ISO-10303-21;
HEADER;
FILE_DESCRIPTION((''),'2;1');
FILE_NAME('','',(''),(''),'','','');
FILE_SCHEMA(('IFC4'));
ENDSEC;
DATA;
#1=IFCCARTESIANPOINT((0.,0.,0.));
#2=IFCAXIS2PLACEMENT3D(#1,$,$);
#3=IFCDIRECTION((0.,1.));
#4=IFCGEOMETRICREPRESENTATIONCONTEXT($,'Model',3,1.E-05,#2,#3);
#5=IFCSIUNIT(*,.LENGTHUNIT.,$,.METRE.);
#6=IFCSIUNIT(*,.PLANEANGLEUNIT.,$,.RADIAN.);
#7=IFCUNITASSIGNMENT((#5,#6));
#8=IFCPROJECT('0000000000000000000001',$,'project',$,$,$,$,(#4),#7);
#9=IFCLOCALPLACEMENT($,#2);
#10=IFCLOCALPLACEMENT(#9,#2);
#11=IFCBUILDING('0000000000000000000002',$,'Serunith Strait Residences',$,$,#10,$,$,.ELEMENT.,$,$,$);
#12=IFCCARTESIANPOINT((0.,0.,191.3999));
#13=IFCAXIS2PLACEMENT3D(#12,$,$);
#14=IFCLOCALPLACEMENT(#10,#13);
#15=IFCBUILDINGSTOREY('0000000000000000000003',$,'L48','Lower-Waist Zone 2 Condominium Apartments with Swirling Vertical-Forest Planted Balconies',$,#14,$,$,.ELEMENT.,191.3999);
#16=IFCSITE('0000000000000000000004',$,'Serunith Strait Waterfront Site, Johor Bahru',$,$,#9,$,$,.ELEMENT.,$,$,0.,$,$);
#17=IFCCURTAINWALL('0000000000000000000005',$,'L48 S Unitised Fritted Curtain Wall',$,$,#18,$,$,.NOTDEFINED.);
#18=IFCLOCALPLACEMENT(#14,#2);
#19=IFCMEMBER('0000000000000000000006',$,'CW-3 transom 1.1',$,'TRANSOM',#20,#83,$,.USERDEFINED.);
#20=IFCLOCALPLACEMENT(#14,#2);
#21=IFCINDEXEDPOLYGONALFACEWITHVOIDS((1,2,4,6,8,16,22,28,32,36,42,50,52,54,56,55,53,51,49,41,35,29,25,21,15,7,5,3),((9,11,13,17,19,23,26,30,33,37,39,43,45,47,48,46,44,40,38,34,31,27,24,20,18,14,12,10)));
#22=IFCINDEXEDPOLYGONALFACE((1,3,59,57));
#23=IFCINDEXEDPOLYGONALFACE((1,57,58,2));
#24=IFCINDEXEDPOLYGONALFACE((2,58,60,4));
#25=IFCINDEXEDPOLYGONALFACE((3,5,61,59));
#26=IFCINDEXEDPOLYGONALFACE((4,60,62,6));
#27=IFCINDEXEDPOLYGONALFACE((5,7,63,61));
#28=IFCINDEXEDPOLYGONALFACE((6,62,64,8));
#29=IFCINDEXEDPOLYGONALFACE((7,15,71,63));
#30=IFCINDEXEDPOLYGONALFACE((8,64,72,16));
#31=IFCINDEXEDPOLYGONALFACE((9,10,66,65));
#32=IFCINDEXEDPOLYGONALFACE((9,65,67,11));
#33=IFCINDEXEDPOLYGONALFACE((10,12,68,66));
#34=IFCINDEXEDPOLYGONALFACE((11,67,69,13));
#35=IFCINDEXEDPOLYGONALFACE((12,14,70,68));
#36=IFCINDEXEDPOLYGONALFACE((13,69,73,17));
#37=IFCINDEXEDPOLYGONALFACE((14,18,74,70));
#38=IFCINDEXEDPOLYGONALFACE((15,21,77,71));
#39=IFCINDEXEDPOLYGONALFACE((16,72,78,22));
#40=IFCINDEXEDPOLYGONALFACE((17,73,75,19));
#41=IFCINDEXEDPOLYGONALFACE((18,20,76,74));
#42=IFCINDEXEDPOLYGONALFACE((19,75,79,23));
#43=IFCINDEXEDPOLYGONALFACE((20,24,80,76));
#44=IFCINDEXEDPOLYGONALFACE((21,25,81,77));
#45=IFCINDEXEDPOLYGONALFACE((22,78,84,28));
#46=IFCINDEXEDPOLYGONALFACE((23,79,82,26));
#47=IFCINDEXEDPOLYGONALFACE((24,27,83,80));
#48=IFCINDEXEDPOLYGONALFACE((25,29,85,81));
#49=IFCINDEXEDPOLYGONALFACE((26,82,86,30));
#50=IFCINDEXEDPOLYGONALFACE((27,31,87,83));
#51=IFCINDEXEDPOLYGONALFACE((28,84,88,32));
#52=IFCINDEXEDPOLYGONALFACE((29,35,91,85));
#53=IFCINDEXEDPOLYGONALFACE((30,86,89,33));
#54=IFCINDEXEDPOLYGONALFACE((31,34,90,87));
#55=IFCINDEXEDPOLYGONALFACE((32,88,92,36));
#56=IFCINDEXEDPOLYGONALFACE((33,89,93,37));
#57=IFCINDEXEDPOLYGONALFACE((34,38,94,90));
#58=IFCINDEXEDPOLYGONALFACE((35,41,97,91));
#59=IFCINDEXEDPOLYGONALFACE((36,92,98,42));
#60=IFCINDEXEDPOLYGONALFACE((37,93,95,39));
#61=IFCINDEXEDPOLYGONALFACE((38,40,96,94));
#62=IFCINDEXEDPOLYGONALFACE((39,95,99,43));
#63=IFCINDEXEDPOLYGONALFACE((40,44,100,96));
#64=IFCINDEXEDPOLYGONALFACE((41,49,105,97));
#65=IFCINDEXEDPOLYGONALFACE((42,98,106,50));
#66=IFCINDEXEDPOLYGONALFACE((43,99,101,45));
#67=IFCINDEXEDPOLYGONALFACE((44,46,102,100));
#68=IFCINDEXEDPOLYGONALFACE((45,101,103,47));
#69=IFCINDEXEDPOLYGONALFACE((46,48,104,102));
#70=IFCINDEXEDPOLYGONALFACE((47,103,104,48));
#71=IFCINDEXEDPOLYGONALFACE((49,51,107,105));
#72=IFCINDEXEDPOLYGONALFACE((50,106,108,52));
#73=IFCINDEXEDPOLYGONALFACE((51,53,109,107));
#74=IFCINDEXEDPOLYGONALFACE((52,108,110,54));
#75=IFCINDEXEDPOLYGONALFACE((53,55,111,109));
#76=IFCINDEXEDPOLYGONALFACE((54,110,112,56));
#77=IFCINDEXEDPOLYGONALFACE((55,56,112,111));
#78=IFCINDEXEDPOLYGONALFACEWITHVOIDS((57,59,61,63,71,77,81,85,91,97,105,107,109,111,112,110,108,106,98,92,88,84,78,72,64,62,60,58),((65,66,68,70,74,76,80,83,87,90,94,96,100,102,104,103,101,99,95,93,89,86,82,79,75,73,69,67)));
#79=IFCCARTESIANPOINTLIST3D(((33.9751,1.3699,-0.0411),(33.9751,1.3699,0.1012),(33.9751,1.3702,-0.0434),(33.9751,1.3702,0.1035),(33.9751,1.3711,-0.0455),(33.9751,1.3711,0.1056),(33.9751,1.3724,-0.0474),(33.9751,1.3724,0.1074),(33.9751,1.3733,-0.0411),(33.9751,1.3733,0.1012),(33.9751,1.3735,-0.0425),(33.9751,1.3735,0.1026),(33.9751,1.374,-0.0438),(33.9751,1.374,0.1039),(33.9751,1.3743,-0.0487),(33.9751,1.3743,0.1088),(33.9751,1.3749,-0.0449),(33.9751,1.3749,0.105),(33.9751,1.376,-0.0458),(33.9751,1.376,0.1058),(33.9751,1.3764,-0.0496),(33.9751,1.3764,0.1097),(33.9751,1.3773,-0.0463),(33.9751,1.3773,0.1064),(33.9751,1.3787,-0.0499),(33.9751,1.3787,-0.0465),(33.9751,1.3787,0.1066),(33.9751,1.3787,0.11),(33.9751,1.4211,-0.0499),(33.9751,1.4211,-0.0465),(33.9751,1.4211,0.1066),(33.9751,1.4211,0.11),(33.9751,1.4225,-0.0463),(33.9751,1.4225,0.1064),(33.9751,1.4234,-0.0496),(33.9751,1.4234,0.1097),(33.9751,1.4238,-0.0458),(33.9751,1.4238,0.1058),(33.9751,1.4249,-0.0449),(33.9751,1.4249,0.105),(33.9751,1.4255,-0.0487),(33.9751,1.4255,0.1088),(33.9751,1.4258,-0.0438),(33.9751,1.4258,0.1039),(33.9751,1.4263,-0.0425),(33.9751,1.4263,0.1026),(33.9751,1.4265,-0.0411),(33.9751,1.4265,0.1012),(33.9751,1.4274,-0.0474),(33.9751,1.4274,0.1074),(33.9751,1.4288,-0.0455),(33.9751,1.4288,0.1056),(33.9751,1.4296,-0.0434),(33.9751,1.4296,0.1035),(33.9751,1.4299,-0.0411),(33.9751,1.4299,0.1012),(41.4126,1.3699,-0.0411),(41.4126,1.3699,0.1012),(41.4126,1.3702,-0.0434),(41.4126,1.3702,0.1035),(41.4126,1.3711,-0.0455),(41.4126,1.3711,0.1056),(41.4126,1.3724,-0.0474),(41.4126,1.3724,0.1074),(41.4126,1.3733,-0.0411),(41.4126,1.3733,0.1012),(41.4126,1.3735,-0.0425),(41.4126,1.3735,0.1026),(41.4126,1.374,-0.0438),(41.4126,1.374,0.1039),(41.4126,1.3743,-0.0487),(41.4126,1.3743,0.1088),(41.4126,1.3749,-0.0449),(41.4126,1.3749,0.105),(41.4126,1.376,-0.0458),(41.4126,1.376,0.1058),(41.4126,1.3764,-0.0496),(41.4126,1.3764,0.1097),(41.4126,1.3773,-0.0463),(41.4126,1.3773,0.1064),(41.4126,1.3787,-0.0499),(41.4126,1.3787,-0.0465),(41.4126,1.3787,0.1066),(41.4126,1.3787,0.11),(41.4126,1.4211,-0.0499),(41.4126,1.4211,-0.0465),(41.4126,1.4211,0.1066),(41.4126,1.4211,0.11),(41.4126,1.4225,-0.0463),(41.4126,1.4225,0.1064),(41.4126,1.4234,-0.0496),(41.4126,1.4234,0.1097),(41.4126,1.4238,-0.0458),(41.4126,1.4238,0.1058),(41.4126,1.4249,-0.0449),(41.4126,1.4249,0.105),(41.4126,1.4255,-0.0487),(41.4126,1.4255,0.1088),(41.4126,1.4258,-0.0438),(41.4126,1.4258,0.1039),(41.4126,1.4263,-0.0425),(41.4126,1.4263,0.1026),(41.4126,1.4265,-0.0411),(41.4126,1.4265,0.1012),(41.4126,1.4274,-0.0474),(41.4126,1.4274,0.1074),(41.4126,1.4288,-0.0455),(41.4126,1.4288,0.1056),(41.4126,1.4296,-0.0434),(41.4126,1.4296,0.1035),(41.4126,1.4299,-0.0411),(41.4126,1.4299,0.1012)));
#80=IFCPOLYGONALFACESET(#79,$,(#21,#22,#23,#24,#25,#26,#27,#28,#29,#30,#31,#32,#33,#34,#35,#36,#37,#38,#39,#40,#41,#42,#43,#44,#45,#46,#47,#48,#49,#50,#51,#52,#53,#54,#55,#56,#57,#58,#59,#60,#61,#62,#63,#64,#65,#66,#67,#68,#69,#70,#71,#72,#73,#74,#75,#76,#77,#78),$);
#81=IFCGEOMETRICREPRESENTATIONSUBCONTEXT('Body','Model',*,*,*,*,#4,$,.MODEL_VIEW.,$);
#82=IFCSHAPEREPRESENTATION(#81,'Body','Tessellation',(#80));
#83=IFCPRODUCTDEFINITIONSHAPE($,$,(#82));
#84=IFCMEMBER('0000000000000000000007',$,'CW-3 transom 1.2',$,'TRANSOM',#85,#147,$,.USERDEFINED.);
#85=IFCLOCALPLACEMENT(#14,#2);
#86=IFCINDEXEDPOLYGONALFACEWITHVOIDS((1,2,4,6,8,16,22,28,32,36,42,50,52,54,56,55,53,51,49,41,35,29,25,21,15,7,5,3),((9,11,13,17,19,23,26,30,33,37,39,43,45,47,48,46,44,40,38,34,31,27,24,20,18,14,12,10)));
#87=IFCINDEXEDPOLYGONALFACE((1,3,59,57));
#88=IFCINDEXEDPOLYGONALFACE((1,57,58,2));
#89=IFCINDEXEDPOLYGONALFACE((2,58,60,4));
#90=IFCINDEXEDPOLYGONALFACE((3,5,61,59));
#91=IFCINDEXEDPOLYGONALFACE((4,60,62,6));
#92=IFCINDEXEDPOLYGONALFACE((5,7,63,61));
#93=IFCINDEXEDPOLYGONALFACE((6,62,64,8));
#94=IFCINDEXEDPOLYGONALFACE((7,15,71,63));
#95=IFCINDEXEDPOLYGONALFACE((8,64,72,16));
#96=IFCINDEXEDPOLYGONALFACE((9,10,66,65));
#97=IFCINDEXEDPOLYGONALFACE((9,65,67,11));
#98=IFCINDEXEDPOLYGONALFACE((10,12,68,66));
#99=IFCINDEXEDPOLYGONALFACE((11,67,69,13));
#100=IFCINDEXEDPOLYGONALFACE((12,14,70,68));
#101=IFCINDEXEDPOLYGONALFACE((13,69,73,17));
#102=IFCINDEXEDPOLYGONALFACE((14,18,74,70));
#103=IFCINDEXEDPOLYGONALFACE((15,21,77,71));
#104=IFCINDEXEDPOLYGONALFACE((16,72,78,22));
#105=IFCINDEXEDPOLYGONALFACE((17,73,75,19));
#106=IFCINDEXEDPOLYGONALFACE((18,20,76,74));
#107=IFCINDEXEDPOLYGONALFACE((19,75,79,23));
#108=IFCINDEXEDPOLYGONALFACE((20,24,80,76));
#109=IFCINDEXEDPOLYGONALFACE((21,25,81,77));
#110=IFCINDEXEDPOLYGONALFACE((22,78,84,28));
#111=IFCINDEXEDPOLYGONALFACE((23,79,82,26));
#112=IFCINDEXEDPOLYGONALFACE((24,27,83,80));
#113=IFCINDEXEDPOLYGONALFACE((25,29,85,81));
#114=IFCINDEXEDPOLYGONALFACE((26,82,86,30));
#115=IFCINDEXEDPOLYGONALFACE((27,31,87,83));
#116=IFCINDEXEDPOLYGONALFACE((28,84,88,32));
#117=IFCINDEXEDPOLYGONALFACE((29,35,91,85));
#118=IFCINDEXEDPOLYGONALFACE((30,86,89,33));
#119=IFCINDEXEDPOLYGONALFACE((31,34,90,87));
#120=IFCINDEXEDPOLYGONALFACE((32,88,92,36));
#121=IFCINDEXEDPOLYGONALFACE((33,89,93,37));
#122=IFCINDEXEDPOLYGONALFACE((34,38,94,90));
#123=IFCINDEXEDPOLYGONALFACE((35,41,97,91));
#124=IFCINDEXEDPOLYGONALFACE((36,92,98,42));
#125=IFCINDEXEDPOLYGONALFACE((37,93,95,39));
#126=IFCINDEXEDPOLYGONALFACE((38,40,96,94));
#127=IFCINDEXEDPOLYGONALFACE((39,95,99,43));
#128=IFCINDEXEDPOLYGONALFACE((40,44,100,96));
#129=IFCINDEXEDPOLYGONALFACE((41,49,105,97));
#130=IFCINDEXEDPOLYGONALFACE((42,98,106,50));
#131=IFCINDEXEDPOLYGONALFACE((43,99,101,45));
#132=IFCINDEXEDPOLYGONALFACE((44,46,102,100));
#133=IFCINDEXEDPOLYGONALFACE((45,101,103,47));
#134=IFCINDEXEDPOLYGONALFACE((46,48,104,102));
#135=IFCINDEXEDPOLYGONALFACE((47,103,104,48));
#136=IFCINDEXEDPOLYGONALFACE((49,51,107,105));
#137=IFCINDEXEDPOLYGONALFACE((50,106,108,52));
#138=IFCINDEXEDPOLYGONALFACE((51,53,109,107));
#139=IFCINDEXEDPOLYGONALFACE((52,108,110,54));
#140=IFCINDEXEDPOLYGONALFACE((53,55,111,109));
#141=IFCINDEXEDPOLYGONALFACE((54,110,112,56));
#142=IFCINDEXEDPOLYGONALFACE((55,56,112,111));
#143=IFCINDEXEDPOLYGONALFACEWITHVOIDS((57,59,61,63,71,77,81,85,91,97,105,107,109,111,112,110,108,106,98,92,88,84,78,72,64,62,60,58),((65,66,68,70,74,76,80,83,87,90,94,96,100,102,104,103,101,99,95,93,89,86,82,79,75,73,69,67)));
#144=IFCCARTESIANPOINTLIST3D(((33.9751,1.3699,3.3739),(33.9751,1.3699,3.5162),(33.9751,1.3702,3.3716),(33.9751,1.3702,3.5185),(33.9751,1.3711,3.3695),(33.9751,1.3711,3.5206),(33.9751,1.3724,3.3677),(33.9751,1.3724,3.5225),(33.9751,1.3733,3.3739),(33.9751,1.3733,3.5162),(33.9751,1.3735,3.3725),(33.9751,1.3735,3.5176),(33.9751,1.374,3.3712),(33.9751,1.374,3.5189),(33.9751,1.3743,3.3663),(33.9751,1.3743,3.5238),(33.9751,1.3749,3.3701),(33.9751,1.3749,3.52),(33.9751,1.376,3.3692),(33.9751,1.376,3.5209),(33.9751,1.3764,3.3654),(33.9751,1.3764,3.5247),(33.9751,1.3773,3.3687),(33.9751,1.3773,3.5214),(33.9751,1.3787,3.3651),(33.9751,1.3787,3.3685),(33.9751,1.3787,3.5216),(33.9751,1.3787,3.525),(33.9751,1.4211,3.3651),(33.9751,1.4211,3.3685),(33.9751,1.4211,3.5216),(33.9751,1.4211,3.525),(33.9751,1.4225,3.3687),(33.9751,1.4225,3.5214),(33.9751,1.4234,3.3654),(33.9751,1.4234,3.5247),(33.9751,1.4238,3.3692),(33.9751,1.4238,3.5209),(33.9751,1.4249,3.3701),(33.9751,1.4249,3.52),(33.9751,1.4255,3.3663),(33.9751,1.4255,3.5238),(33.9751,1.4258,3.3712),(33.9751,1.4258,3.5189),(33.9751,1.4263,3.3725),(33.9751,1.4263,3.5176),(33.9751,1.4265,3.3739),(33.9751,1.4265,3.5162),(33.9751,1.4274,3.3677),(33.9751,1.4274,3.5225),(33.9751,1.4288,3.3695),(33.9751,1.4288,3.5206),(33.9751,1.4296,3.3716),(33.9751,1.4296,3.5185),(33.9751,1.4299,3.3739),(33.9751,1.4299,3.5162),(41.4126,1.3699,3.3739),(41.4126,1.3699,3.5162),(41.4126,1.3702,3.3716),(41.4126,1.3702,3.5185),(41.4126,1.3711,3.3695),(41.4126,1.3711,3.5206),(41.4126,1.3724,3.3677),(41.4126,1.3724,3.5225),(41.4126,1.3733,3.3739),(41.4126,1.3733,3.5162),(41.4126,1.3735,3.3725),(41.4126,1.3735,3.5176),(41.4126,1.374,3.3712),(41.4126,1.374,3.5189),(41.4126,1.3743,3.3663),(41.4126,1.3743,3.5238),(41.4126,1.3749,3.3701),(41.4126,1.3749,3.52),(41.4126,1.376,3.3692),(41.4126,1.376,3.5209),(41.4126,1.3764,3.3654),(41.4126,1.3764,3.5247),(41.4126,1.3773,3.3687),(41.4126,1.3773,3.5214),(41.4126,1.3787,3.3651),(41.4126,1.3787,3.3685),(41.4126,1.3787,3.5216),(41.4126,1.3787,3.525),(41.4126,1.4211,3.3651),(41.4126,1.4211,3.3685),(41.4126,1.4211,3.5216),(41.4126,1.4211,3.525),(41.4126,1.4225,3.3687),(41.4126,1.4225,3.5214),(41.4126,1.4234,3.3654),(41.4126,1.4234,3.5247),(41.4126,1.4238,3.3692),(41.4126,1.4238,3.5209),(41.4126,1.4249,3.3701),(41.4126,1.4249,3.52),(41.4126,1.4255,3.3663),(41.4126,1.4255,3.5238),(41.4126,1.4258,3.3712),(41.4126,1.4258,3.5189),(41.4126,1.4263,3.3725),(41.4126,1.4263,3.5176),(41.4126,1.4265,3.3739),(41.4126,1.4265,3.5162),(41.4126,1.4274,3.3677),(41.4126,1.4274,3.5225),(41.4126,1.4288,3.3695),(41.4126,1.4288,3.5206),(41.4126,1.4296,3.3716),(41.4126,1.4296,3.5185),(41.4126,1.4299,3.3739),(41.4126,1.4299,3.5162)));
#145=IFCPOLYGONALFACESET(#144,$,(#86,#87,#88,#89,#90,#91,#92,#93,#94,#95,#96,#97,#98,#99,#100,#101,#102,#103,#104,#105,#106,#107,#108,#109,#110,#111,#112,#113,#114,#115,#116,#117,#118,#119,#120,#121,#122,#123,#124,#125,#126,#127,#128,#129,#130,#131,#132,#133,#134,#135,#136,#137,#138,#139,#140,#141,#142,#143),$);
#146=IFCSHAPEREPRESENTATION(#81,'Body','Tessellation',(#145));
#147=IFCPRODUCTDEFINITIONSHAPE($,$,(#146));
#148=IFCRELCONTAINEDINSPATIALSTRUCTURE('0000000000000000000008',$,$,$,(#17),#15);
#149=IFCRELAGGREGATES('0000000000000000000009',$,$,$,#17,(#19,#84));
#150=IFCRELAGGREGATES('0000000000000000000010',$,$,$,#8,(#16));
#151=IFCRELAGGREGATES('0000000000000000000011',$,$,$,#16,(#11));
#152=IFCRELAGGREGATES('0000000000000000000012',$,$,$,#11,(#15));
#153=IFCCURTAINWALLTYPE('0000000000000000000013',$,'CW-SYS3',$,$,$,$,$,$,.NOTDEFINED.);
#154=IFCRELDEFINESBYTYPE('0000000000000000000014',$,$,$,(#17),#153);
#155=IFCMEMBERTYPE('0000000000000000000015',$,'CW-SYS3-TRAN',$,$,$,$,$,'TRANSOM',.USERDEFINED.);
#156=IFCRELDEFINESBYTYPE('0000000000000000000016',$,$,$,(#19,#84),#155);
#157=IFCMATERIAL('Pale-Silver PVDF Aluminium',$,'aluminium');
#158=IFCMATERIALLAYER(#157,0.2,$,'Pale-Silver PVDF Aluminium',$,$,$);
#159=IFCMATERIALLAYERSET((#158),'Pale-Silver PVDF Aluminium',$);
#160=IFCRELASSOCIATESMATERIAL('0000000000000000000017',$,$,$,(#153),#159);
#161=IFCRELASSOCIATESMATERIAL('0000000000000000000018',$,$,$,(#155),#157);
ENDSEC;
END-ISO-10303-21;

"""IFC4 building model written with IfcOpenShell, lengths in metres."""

from ifc_helpers import new_model, si_unit, direction, frame, origin, origin_2d, place, context, subcontext, project, spatial, hollow_rectangle, extrude, source, transform, mapped, material, layer, layer_set, material_profile, profile_set, type_object, element, aggregate, save


model = new_model("IFC4")

# Units and contexts
model_context = context("Model", 3, precision=1e-05, world=origin(), true_north=direction((0.0, 1.0)))
body_context = subcontext(model_context, "Body", "Model", "MODEL_VIEW")
ifc_project = project(units=[si_unit("LENGTHUNIT", "METRE"), si_unit("PLANEANGLEUNIT", "RADIAN")], contexts=[model_context])

# Site, building, storey
site_placement = place(None, origin())
site = spatial("IfcSite", under=ifc_project, at=site_placement, Name="Serunith Strait Waterfront Site, Johor Bahru", CompositionType="ELEMENT", RefElevation=0.0)
building_placement = place(site_placement, origin())
building = spatial("IfcBuilding", under=site, at=building_placement, Name="Serunith Strait Residences", CompositionType="ELEMENT")
storey_placement = place(building_placement, frame((0.0, 0.0, 191.3999)))
storey = spatial("IfcBuildingStorey", under=building, at=storey_placement, Name="L48", Description="Lower-Waist Zone 2 Condominium Apartments with Swirling Vertical-Forest Planted Balconies", CompositionType="ELEMENT", Elevation=191.3999)

# Curtain wall, members
ifc_material_1 = material(Name="Pale-Silver PVDF Aluminium", Category="aluminium")
ifc_layer_1 = layer(ifc_material_1, 0.2, Name="Pale-Silver PVDF Aluminium")
ifc_layer_set_1 = layer_set([ifc_layer_1], Name="Pale-Silver PVDF Aluminium")
curtain_wall_type = type_object("IfcCurtainWallType", Name="CW-SYS3", PredefinedType="NOTDEFINED", material=ifc_layer_set_1)
curtain_wall_placement = place(storey_placement, origin())
curtain_wall = element("IfcCurtainWall", 1, at=curtain_wall_placement, inside=storey, type_object=curtain_wall_type, Name="L48 S Unitised Fritted Curtain Wall", PredefinedType="NOTDEFINED")
ifc_material_profile_1 = material_profile(ifc_material_1, hollow_rectangle(XDim=0.0601, YDim=0.1599, WallThickness=0.0034, InnerFilletRadius=0.0054, OuterFilletRadius=0.0088, at=origin_2d()), Name="ALU 160x60x3.5")
ifc_profile_set_1 = profile_set([ifc_material_profile_1], Name="Pale-Silver PVDF Aluminium")
member_type_1 = type_object("IfcMemberType", Name="CW-SYS3-TRAN", ElementType="TRANSOM", PredefinedType="USERDEFINED", material=ifc_profile_set_1)
shared_shape_1 = source(origin(), body_context, "Body", "SweptSolid", [
    extrude(hollow_rectangle(XDim=0.0601, YDim=0.1599, WallThickness=0.0034, InnerFilletRadius=0.0054, OuterFilletRadius=0.0088, at=origin_2d()), origin(), (0.0, 0.0, 1.0), 7.4375),
])
member_1_placement = place(storey_placement, frame((33.9751, 1.3999, 0.03), z_axis=(1.0, 0.0, 0.0), x_axis=(0.0, 1.0, 0.0)))
member_1 = element("IfcMember", 2, at=member_1_placement, type_object=member_type_1, Name="CW-3 transom 1.1", ObjectType="TRANSOM", PredefinedType="USERDEFINED", context=body_context, shape_type="MappedRepresentation", body=[
    mapped(shared_shape_1, transform((0.0, 0.0, 0.0), scale=1.0)),
])
member_2_placement = place(storey_placement, frame((33.9751, 1.3999, 3.4451), z_axis=(1.0, 0.0, 0.0), x_axis=(0.0, 1.0, 0.0)))
member_2 = element("IfcMember", 3, at=member_2_placement, type_object=member_type_1, Name="CW-3 transom 1.2", ObjectType="TRANSOM", PredefinedType="USERDEFINED", context=body_context, shape_type="MappedRepresentation", body=[
    mapped(shared_shape_1, transform((0.0, 0.0, 0.0), scale=1.0)),
])
aggregate(curtain_wall, [member_1, member_2])

save(model, "model.ifc")
